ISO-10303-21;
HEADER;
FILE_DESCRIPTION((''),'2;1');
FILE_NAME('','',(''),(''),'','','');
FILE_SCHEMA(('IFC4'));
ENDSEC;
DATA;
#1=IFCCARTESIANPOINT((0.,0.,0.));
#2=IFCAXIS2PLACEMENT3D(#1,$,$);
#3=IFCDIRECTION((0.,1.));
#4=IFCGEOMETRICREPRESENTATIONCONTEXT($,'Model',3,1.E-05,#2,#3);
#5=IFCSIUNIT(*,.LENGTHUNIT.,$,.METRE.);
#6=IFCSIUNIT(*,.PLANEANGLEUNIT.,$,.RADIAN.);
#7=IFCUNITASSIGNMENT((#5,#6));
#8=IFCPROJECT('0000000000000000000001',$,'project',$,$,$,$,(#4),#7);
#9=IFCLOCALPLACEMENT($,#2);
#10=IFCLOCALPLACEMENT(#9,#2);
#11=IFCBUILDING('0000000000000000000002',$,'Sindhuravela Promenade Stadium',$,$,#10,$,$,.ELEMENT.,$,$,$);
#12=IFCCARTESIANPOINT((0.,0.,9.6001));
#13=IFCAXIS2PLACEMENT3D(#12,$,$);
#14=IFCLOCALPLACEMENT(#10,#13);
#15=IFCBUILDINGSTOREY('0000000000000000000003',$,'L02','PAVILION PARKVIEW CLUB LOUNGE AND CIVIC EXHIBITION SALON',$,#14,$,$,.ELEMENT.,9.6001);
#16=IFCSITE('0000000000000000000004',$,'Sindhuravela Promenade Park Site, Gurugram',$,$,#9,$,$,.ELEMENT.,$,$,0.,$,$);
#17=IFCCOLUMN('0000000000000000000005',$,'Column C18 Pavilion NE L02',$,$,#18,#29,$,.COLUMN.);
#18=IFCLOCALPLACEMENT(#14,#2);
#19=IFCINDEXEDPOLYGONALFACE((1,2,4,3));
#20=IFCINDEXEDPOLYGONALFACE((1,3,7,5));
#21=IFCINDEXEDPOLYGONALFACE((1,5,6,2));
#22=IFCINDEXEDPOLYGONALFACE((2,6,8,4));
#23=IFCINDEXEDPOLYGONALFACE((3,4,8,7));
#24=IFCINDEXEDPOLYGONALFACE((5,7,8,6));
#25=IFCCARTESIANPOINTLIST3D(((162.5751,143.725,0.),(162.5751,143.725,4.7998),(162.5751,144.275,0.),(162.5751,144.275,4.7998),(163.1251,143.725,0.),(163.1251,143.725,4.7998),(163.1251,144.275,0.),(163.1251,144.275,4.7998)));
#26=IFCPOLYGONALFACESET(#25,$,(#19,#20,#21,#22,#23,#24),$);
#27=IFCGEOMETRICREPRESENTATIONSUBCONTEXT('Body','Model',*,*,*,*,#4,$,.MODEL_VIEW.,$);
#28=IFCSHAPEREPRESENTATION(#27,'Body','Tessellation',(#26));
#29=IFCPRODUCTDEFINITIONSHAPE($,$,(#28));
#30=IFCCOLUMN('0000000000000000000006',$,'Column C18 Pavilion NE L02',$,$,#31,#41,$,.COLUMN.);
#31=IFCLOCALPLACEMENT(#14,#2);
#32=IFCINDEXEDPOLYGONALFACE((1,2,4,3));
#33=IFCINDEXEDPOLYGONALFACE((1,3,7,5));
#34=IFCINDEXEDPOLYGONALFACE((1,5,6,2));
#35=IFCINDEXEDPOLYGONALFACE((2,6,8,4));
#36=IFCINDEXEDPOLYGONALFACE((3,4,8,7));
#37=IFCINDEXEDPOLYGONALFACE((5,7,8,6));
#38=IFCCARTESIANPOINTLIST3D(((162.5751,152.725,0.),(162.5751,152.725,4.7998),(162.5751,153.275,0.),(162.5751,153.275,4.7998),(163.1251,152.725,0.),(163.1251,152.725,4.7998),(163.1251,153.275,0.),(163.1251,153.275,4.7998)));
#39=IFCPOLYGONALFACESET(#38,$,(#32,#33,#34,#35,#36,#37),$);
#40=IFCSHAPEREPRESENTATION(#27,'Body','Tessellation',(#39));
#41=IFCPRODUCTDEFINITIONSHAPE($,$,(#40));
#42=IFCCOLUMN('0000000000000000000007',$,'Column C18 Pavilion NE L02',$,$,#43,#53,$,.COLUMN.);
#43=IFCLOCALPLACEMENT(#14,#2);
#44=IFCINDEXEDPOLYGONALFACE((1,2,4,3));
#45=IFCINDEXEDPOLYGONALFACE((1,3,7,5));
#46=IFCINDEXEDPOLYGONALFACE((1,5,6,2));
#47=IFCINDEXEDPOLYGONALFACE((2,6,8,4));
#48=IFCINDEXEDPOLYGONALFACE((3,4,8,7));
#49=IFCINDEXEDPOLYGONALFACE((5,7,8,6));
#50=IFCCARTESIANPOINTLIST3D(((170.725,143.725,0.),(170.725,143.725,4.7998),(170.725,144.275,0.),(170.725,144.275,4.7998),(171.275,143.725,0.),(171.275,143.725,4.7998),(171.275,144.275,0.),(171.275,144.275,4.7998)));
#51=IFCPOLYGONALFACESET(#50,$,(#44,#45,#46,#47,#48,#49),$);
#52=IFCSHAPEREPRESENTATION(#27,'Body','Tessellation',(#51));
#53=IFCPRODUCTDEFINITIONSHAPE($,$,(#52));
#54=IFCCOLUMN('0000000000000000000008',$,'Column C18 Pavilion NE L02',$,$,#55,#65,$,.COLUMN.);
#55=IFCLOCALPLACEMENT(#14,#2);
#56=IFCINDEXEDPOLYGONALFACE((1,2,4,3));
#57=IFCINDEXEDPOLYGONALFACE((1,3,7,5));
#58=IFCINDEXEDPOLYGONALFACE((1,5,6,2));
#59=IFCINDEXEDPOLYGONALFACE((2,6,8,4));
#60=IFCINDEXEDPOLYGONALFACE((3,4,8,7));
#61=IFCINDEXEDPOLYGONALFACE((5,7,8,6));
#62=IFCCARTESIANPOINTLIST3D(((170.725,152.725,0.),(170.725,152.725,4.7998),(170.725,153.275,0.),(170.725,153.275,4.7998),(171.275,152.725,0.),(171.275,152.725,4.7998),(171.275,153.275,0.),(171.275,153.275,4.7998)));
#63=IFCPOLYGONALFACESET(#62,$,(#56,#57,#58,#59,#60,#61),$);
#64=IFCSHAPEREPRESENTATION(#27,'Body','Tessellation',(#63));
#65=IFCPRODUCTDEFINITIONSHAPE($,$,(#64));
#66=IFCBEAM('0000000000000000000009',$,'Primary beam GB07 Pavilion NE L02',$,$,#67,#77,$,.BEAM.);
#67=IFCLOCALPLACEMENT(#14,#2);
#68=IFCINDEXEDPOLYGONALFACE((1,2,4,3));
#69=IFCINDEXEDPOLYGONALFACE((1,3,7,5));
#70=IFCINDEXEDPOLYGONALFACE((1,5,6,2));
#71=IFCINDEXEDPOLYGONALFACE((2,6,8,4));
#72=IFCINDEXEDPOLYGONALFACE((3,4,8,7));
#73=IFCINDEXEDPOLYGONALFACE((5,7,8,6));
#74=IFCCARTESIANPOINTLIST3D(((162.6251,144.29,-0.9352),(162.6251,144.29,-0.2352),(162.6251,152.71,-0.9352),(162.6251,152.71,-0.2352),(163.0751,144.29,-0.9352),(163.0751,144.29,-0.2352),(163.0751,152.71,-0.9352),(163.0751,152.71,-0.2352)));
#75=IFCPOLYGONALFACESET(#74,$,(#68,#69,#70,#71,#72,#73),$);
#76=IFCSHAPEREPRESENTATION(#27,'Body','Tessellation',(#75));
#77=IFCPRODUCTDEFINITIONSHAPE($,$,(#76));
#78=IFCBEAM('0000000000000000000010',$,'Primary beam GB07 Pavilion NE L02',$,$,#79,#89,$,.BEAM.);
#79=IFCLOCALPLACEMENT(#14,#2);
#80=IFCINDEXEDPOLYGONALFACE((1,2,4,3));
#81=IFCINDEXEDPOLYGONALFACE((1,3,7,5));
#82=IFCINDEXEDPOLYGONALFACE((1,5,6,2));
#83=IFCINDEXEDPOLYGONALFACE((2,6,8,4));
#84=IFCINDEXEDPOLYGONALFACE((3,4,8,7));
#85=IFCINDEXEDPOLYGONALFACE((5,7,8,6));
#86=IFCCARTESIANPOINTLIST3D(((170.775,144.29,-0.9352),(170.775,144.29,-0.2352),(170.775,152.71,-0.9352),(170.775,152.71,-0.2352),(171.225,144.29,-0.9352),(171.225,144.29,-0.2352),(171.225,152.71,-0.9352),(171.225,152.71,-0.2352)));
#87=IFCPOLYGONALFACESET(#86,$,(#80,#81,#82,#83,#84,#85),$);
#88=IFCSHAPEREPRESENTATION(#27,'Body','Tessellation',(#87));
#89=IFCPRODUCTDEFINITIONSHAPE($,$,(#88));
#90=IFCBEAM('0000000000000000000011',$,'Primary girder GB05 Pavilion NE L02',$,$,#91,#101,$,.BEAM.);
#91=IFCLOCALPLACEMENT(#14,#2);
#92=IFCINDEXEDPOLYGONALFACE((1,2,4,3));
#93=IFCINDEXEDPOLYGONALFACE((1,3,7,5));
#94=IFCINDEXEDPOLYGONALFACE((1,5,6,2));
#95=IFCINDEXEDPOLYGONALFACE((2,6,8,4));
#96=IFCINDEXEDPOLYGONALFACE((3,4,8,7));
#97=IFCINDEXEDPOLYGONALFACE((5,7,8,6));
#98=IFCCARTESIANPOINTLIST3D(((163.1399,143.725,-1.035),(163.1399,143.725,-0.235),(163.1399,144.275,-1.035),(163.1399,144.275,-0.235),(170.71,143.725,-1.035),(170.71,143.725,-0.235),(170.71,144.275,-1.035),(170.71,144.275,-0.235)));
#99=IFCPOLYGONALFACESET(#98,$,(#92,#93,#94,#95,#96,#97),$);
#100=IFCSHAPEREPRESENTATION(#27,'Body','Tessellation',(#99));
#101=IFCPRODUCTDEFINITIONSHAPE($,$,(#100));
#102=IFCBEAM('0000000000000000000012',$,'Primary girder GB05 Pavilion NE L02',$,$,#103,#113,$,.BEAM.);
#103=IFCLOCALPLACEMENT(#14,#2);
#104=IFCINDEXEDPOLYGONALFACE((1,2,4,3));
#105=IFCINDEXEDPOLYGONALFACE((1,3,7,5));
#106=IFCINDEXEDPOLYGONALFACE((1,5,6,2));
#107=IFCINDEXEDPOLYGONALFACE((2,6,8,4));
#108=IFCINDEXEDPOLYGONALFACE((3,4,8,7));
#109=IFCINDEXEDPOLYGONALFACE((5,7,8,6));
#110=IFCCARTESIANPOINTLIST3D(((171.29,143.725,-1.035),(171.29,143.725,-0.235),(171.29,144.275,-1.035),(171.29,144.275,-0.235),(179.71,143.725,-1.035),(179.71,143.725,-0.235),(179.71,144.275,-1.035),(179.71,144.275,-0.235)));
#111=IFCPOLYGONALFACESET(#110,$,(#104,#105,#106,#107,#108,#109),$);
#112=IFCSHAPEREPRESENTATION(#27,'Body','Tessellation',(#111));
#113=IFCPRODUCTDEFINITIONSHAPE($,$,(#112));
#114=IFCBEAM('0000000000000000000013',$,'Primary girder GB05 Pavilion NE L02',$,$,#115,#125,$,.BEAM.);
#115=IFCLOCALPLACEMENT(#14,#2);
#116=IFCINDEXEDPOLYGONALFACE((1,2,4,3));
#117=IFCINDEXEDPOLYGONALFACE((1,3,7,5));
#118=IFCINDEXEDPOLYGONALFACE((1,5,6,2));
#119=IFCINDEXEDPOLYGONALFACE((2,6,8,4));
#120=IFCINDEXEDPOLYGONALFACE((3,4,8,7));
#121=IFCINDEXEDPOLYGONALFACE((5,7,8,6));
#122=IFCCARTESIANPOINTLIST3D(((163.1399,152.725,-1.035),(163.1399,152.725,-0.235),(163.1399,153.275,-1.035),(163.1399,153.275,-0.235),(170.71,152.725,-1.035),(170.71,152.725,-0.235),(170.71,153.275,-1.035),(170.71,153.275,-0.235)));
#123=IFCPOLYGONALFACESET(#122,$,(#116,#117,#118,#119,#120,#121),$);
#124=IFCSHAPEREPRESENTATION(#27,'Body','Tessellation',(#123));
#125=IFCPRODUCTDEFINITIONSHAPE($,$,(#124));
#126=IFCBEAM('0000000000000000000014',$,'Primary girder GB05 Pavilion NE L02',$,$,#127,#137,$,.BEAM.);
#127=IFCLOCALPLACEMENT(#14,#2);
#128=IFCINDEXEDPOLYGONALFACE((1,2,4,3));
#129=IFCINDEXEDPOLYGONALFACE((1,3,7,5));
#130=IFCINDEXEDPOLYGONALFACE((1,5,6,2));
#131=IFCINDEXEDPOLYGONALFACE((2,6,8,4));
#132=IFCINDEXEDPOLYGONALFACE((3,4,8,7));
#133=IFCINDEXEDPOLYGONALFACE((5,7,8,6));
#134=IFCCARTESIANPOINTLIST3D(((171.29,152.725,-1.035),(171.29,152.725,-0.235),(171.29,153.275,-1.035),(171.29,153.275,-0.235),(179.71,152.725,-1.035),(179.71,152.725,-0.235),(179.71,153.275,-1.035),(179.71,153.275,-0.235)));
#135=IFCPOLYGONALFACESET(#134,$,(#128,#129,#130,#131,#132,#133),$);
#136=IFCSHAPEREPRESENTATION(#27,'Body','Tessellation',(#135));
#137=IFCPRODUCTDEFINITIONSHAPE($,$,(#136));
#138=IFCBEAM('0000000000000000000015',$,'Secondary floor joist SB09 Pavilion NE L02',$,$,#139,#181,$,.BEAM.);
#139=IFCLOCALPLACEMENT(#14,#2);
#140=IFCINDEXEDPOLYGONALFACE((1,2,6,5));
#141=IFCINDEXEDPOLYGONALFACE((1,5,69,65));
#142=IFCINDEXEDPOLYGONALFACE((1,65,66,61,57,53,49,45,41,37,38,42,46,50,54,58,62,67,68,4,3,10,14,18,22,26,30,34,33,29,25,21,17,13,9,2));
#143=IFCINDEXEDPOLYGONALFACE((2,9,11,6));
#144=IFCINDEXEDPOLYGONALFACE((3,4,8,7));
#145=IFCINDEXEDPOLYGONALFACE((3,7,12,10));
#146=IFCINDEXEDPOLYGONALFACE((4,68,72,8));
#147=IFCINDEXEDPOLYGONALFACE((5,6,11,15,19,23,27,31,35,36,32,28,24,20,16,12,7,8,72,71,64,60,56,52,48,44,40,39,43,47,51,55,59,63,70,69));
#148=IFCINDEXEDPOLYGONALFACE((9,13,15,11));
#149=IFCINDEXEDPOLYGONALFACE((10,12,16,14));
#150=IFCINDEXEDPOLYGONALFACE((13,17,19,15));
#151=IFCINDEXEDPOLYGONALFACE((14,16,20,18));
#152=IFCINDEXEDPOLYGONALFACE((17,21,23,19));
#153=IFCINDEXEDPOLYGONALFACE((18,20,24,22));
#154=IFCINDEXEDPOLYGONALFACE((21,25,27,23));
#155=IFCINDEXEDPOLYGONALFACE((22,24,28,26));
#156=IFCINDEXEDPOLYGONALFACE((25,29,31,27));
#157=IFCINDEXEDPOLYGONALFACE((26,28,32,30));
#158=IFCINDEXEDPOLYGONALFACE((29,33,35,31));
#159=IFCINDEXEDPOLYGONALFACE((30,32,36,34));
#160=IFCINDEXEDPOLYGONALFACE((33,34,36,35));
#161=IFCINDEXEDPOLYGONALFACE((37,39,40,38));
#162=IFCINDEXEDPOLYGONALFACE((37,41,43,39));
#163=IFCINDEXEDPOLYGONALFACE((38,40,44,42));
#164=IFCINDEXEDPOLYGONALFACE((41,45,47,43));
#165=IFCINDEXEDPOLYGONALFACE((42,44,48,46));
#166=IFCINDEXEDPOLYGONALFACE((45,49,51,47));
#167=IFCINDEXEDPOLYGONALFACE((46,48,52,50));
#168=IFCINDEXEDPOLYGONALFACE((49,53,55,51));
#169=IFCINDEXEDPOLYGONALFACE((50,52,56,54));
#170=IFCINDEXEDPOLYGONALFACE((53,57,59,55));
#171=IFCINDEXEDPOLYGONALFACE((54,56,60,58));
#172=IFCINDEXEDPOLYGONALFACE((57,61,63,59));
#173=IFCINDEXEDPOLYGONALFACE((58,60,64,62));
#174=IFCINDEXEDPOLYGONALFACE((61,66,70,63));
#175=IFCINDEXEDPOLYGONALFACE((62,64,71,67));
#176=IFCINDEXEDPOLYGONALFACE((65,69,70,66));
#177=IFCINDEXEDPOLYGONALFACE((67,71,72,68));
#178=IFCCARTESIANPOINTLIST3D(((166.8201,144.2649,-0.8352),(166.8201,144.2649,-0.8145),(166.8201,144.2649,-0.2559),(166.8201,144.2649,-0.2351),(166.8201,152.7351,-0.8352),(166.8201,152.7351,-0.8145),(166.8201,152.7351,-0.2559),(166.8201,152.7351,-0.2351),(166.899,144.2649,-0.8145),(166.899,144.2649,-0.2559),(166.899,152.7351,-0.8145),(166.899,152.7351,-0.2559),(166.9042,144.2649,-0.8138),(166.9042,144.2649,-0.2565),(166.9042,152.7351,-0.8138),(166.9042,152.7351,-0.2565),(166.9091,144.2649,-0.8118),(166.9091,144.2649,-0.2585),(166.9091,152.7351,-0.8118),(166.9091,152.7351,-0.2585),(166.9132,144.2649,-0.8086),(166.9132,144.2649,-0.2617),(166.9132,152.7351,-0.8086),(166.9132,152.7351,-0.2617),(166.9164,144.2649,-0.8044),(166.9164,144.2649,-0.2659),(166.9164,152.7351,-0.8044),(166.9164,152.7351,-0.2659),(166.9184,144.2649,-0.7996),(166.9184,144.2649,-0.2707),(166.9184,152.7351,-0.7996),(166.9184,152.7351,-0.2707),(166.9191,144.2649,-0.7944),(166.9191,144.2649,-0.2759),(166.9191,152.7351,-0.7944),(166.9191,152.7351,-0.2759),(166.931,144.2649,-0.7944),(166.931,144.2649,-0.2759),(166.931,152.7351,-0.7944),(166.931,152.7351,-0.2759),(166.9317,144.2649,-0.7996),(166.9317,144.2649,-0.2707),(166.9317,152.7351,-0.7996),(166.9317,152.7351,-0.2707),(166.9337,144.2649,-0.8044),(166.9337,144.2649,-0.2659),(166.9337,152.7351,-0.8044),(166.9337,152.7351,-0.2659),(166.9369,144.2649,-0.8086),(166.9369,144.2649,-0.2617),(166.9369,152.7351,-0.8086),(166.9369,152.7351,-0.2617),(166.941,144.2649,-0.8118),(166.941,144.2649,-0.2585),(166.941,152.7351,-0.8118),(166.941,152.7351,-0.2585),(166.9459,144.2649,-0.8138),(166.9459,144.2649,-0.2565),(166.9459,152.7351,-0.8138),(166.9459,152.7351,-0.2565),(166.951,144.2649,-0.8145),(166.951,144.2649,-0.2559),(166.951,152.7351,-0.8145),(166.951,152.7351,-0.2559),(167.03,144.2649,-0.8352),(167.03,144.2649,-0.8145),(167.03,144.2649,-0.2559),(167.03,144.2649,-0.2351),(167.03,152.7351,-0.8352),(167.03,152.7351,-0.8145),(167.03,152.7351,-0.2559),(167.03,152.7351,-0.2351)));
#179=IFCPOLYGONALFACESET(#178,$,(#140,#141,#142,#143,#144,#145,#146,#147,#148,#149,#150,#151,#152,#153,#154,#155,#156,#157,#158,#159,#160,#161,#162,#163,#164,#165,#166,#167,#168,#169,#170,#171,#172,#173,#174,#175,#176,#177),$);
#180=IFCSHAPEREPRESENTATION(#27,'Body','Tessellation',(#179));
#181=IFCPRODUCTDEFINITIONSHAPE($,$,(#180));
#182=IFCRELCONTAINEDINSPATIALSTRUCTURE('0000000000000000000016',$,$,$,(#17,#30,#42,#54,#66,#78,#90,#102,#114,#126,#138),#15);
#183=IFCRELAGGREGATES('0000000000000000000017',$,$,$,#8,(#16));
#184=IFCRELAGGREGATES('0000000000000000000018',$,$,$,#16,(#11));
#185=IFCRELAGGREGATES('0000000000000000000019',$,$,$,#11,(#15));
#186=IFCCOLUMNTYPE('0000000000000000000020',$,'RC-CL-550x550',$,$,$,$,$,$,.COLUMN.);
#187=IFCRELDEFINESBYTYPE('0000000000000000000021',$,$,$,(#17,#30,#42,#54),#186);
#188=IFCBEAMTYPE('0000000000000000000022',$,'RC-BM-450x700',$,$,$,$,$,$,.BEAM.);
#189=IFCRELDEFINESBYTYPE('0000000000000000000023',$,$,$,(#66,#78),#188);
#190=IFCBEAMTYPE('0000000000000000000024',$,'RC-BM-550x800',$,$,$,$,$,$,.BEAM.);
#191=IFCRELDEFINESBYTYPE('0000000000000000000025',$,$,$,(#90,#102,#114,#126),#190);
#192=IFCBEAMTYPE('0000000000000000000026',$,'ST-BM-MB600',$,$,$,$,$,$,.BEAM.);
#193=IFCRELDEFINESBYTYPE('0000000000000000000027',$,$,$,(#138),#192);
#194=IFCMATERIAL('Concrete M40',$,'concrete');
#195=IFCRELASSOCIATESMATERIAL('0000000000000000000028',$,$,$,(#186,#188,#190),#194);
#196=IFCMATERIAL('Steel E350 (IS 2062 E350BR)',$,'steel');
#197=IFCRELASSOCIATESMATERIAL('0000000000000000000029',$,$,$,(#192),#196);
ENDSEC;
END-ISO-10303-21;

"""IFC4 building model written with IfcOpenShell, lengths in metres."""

from ifc_helpers import new_model, si_unit, direction, frame, origin, origin_2d, place, context, subcontext, project, spatial, rectangle, i_section, extrude, material, material_profile, profile_set, type_object, element, save


model = new_model("IFC4")

# Units and contexts
model_context = context("Model", 3, precision=1e-05, world=origin(), true_north=direction((0.0, 1.0)))
body_context = subcontext(model_context, "Body", "Model", "MODEL_VIEW")
ifc_project = project(units=[si_unit("LENGTHUNIT", "METRE"), si_unit("PLANEANGLEUNIT", "RADIAN")], contexts=[model_context])

# Site, building, storey
site_placement = place(None, origin())
site = spatial("IfcSite", under=ifc_project, at=site_placement, Name="Sindhuravela Promenade Park Site, Gurugram", CompositionType="ELEMENT", RefElevation=0.0)
building_placement = place(site_placement, origin())
building = spatial("IfcBuilding", under=site, at=building_placement, Name="Sindhuravela Promenade Stadium", CompositionType="ELEMENT")
storey_placement = place(building_placement, frame((0.0, 0.0, 9.6001)))
storey = spatial("IfcBuildingStorey", under=building, at=storey_placement, Name="L02", Description="PAVILION PARKVIEW CLUB LOUNGE AND CIVIC EXHIBITION SALON", CompositionType="ELEMENT", Elevation=9.6001)

# Columns
ifc_material_1 = material(Name="Concrete M40", Category="concrete")
ifc_material_profile_1 = material_profile(ifc_material_1, rectangle(XDim=0.55, YDim=0.55, at=origin_2d()), Name="RC 550x550")
ifc_profile_set_1 = profile_set([ifc_material_profile_1], Name="Concrete M40")
column_type = type_object("IfcColumnType", Name="RC-CL-550x550", PredefinedType="COLUMN", material=ifc_profile_set_1)
for number, where, z_axis, x_axis, name in (
    (1, (162.8501, 144.0, 0.0), (0.0, 0.0, 1.0), (1.0, 0.0, 0.0), "Column C18 Pavilion NE L02"),
    (2, (162.8501, 153.0, 0.0), (0.0, 0.0, 1.0), (1.0, 0.0, 0.0), "Column C18 Pavilion NE L02"),
    (3, (171.0, 144.0, 0.0), (0.0, 0.0, 1.0), (1.0, 0.0, 0.0), "Column C18 Pavilion NE L02"),
    (4, (171.0, 153.0, 0.0), (0.0, 0.0, 1.0), (1.0, 0.0, 0.0), "Column C18 Pavilion NE L02"),
):
    element("IfcColumn", number, at=place(storey_placement, frame(where, z_axis=z_axis, x_axis=x_axis)), inside=storey, type_object=column_type, Name=name, PredefinedType="COLUMN", context=body_context, shape_type="SweptSolid", body=[
        extrude(rectangle(XDim=0.55, YDim=0.55, at=origin_2d()), origin(), (0.0, 0.0, 1.0), 4.7998),
    ])

# Beams
ifc_material_profile_2 = material_profile(ifc_material_1, rectangle(XDim=0.45, YDim=0.7, at=origin_2d()), Name="RC 450x700")
ifc_profile_set_2 = profile_set([ifc_material_profile_2], Name="Concrete M40")
beam_type_1 = type_object("IfcBeamType", Name="RC-BM-450x700", PredefinedType="BEAM", material=ifc_profile_set_2)
for number, where, z_axis, x_axis, name in (
    (5, (162.8501, 144.29, -0.5852), (0.0, 1.0, 0.0), (-1.0, 0.0, 0.0), "Primary beam GB07 Pavilion NE L02"),
    (6, (171.0, 144.29, -0.5852), (0.0, 1.0, 0.0), (-1.0, 0.0, 0.0), "Primary beam GB07 Pavilion NE L02"),
):
    element("IfcBeam", number, at=place(storey_placement, frame(where, z_axis=z_axis, x_axis=x_axis)), inside=storey, type_object=beam_type_1, Name=name, PredefinedType="BEAM", context=body_context, shape_type="SweptSolid", body=[
        extrude(rectangle(XDim=0.45, YDim=0.7, at=origin_2d()), origin(), (0.0, 0.0, 1.0), 8.4199),
    ])
ifc_material_profile_3 = material_profile(ifc_material_1, rectangle(XDim=0.55, YDim=0.8, at=origin_2d()), Name="RC 550x800")
ifc_profile_set_3 = profile_set([ifc_material_profile_3], Name="Concrete M40")
beam_type_2 = type_object("IfcBeamType", Name="RC-BM-550x800", PredefinedType="BEAM", material=ifc_profile_set_3)
beam_1_placement = place(storey_placement, frame((163.1399, 144.0, -0.635), z_axis=(1.0, 0.0, 0.0), x_axis=(0.0, 1.0, 0.0)))
element("IfcBeam", 7, at=beam_1_placement, inside=storey, type_object=beam_type_2, Name="Primary girder GB05 Pavilion NE L02", PredefinedType="BEAM", context=body_context, shape_type="SweptSolid", body=[
    extrude(rectangle(XDim=0.55, YDim=0.8, at=origin_2d()), origin(), (0.0, 0.0, 1.0), 7.5701),
])
beam_2_placement = place(storey_placement, frame((171.29, 144.0, -0.635), z_axis=(1.0, 0.0, 0.0), x_axis=(0.0, 1.0, 0.0)))
element("IfcBeam", 8, at=beam_2_placement, inside=storey, type_object=beam_type_2, Name="Primary girder GB05 Pavilion NE L02", PredefinedType="BEAM", context=body_context, shape_type="SweptSolid", body=[
    extrude(rectangle(XDim=0.55, YDim=0.8, at=origin_2d()), origin(), (0.0, 0.0, 1.0), 8.4199),
])
beam_3_placement = place(storey_placement, frame((163.1399, 153.0, -0.635), z_axis=(1.0, 0.0, 0.0), x_axis=(0.0, 1.0, 0.0)))
element("IfcBeam", 9, at=beam_3_placement, inside=storey, type_object=beam_type_2, Name="Primary girder GB05 Pavilion NE L02", PredefinedType="BEAM", context=body_context, shape_type="SweptSolid", body=[
    extrude(rectangle(XDim=0.55, YDim=0.8, at=origin_2d()), origin(), (0.0, 0.0, 1.0), 7.5701),
])
beam_4_placement = place(storey_placement, frame((171.29, 153.0, -0.635), z_axis=(1.0, 0.0, 0.0), x_axis=(0.0, 1.0, 0.0)))
element("IfcBeam", 10, at=beam_4_placement, inside=storey, type_object=beam_type_2, Name="Primary girder GB05 Pavilion NE L02", PredefinedType="BEAM", context=body_context, shape_type="SweptSolid", body=[
    extrude(rectangle(XDim=0.55, YDim=0.8, at=origin_2d()), origin(), (0.0, 0.0, 1.0), 8.4199),
])
ifc_material_2 = material(Name="Steel E350 (IS 2062 E350BR)", Category="steel")
ifc_material_profile_4 = material_profile(ifc_material_2, i_section(OverallWidth=0.21, OverallDepth=0.6001, WebThickness=0.012, FlangeThickness=0.0208, FilletRadius=0.02, at=origin_2d()), Name="ISMB 600")
ifc_profile_set_4 = profile_set([ifc_material_profile_4], Name="Steel E350 (IS 2062 E350BR)")
beam_type_3 = type_object("IfcBeamType", Name="ST-BM-MB600", PredefinedType="BEAM", material=ifc_profile_set_4)
beam_5_placement = place(storey_placement, frame((166.925, 144.2649, -0.5352), z_axis=(0.0, 1.0, 0.0), x_axis=(-1.0, 0.0, 0.0)))
element("IfcBeam", 11, at=beam_5_placement, inside=storey, type_object=beam_type_3, Name="Secondary floor joist SB09 Pavilion NE L02", PredefinedType="BEAM", context=body_context, shape_type="SweptSolid", body=[
    extrude(i_section(OverallWidth=0.21, OverallDepth=0.6001, WebThickness=0.012, FlangeThickness=0.0208, FilletRadius=0.02, at=origin_2d()), origin(), (0.0, 0.0, 1.0), 8.4702),
])

save(model, "model.ifc")
